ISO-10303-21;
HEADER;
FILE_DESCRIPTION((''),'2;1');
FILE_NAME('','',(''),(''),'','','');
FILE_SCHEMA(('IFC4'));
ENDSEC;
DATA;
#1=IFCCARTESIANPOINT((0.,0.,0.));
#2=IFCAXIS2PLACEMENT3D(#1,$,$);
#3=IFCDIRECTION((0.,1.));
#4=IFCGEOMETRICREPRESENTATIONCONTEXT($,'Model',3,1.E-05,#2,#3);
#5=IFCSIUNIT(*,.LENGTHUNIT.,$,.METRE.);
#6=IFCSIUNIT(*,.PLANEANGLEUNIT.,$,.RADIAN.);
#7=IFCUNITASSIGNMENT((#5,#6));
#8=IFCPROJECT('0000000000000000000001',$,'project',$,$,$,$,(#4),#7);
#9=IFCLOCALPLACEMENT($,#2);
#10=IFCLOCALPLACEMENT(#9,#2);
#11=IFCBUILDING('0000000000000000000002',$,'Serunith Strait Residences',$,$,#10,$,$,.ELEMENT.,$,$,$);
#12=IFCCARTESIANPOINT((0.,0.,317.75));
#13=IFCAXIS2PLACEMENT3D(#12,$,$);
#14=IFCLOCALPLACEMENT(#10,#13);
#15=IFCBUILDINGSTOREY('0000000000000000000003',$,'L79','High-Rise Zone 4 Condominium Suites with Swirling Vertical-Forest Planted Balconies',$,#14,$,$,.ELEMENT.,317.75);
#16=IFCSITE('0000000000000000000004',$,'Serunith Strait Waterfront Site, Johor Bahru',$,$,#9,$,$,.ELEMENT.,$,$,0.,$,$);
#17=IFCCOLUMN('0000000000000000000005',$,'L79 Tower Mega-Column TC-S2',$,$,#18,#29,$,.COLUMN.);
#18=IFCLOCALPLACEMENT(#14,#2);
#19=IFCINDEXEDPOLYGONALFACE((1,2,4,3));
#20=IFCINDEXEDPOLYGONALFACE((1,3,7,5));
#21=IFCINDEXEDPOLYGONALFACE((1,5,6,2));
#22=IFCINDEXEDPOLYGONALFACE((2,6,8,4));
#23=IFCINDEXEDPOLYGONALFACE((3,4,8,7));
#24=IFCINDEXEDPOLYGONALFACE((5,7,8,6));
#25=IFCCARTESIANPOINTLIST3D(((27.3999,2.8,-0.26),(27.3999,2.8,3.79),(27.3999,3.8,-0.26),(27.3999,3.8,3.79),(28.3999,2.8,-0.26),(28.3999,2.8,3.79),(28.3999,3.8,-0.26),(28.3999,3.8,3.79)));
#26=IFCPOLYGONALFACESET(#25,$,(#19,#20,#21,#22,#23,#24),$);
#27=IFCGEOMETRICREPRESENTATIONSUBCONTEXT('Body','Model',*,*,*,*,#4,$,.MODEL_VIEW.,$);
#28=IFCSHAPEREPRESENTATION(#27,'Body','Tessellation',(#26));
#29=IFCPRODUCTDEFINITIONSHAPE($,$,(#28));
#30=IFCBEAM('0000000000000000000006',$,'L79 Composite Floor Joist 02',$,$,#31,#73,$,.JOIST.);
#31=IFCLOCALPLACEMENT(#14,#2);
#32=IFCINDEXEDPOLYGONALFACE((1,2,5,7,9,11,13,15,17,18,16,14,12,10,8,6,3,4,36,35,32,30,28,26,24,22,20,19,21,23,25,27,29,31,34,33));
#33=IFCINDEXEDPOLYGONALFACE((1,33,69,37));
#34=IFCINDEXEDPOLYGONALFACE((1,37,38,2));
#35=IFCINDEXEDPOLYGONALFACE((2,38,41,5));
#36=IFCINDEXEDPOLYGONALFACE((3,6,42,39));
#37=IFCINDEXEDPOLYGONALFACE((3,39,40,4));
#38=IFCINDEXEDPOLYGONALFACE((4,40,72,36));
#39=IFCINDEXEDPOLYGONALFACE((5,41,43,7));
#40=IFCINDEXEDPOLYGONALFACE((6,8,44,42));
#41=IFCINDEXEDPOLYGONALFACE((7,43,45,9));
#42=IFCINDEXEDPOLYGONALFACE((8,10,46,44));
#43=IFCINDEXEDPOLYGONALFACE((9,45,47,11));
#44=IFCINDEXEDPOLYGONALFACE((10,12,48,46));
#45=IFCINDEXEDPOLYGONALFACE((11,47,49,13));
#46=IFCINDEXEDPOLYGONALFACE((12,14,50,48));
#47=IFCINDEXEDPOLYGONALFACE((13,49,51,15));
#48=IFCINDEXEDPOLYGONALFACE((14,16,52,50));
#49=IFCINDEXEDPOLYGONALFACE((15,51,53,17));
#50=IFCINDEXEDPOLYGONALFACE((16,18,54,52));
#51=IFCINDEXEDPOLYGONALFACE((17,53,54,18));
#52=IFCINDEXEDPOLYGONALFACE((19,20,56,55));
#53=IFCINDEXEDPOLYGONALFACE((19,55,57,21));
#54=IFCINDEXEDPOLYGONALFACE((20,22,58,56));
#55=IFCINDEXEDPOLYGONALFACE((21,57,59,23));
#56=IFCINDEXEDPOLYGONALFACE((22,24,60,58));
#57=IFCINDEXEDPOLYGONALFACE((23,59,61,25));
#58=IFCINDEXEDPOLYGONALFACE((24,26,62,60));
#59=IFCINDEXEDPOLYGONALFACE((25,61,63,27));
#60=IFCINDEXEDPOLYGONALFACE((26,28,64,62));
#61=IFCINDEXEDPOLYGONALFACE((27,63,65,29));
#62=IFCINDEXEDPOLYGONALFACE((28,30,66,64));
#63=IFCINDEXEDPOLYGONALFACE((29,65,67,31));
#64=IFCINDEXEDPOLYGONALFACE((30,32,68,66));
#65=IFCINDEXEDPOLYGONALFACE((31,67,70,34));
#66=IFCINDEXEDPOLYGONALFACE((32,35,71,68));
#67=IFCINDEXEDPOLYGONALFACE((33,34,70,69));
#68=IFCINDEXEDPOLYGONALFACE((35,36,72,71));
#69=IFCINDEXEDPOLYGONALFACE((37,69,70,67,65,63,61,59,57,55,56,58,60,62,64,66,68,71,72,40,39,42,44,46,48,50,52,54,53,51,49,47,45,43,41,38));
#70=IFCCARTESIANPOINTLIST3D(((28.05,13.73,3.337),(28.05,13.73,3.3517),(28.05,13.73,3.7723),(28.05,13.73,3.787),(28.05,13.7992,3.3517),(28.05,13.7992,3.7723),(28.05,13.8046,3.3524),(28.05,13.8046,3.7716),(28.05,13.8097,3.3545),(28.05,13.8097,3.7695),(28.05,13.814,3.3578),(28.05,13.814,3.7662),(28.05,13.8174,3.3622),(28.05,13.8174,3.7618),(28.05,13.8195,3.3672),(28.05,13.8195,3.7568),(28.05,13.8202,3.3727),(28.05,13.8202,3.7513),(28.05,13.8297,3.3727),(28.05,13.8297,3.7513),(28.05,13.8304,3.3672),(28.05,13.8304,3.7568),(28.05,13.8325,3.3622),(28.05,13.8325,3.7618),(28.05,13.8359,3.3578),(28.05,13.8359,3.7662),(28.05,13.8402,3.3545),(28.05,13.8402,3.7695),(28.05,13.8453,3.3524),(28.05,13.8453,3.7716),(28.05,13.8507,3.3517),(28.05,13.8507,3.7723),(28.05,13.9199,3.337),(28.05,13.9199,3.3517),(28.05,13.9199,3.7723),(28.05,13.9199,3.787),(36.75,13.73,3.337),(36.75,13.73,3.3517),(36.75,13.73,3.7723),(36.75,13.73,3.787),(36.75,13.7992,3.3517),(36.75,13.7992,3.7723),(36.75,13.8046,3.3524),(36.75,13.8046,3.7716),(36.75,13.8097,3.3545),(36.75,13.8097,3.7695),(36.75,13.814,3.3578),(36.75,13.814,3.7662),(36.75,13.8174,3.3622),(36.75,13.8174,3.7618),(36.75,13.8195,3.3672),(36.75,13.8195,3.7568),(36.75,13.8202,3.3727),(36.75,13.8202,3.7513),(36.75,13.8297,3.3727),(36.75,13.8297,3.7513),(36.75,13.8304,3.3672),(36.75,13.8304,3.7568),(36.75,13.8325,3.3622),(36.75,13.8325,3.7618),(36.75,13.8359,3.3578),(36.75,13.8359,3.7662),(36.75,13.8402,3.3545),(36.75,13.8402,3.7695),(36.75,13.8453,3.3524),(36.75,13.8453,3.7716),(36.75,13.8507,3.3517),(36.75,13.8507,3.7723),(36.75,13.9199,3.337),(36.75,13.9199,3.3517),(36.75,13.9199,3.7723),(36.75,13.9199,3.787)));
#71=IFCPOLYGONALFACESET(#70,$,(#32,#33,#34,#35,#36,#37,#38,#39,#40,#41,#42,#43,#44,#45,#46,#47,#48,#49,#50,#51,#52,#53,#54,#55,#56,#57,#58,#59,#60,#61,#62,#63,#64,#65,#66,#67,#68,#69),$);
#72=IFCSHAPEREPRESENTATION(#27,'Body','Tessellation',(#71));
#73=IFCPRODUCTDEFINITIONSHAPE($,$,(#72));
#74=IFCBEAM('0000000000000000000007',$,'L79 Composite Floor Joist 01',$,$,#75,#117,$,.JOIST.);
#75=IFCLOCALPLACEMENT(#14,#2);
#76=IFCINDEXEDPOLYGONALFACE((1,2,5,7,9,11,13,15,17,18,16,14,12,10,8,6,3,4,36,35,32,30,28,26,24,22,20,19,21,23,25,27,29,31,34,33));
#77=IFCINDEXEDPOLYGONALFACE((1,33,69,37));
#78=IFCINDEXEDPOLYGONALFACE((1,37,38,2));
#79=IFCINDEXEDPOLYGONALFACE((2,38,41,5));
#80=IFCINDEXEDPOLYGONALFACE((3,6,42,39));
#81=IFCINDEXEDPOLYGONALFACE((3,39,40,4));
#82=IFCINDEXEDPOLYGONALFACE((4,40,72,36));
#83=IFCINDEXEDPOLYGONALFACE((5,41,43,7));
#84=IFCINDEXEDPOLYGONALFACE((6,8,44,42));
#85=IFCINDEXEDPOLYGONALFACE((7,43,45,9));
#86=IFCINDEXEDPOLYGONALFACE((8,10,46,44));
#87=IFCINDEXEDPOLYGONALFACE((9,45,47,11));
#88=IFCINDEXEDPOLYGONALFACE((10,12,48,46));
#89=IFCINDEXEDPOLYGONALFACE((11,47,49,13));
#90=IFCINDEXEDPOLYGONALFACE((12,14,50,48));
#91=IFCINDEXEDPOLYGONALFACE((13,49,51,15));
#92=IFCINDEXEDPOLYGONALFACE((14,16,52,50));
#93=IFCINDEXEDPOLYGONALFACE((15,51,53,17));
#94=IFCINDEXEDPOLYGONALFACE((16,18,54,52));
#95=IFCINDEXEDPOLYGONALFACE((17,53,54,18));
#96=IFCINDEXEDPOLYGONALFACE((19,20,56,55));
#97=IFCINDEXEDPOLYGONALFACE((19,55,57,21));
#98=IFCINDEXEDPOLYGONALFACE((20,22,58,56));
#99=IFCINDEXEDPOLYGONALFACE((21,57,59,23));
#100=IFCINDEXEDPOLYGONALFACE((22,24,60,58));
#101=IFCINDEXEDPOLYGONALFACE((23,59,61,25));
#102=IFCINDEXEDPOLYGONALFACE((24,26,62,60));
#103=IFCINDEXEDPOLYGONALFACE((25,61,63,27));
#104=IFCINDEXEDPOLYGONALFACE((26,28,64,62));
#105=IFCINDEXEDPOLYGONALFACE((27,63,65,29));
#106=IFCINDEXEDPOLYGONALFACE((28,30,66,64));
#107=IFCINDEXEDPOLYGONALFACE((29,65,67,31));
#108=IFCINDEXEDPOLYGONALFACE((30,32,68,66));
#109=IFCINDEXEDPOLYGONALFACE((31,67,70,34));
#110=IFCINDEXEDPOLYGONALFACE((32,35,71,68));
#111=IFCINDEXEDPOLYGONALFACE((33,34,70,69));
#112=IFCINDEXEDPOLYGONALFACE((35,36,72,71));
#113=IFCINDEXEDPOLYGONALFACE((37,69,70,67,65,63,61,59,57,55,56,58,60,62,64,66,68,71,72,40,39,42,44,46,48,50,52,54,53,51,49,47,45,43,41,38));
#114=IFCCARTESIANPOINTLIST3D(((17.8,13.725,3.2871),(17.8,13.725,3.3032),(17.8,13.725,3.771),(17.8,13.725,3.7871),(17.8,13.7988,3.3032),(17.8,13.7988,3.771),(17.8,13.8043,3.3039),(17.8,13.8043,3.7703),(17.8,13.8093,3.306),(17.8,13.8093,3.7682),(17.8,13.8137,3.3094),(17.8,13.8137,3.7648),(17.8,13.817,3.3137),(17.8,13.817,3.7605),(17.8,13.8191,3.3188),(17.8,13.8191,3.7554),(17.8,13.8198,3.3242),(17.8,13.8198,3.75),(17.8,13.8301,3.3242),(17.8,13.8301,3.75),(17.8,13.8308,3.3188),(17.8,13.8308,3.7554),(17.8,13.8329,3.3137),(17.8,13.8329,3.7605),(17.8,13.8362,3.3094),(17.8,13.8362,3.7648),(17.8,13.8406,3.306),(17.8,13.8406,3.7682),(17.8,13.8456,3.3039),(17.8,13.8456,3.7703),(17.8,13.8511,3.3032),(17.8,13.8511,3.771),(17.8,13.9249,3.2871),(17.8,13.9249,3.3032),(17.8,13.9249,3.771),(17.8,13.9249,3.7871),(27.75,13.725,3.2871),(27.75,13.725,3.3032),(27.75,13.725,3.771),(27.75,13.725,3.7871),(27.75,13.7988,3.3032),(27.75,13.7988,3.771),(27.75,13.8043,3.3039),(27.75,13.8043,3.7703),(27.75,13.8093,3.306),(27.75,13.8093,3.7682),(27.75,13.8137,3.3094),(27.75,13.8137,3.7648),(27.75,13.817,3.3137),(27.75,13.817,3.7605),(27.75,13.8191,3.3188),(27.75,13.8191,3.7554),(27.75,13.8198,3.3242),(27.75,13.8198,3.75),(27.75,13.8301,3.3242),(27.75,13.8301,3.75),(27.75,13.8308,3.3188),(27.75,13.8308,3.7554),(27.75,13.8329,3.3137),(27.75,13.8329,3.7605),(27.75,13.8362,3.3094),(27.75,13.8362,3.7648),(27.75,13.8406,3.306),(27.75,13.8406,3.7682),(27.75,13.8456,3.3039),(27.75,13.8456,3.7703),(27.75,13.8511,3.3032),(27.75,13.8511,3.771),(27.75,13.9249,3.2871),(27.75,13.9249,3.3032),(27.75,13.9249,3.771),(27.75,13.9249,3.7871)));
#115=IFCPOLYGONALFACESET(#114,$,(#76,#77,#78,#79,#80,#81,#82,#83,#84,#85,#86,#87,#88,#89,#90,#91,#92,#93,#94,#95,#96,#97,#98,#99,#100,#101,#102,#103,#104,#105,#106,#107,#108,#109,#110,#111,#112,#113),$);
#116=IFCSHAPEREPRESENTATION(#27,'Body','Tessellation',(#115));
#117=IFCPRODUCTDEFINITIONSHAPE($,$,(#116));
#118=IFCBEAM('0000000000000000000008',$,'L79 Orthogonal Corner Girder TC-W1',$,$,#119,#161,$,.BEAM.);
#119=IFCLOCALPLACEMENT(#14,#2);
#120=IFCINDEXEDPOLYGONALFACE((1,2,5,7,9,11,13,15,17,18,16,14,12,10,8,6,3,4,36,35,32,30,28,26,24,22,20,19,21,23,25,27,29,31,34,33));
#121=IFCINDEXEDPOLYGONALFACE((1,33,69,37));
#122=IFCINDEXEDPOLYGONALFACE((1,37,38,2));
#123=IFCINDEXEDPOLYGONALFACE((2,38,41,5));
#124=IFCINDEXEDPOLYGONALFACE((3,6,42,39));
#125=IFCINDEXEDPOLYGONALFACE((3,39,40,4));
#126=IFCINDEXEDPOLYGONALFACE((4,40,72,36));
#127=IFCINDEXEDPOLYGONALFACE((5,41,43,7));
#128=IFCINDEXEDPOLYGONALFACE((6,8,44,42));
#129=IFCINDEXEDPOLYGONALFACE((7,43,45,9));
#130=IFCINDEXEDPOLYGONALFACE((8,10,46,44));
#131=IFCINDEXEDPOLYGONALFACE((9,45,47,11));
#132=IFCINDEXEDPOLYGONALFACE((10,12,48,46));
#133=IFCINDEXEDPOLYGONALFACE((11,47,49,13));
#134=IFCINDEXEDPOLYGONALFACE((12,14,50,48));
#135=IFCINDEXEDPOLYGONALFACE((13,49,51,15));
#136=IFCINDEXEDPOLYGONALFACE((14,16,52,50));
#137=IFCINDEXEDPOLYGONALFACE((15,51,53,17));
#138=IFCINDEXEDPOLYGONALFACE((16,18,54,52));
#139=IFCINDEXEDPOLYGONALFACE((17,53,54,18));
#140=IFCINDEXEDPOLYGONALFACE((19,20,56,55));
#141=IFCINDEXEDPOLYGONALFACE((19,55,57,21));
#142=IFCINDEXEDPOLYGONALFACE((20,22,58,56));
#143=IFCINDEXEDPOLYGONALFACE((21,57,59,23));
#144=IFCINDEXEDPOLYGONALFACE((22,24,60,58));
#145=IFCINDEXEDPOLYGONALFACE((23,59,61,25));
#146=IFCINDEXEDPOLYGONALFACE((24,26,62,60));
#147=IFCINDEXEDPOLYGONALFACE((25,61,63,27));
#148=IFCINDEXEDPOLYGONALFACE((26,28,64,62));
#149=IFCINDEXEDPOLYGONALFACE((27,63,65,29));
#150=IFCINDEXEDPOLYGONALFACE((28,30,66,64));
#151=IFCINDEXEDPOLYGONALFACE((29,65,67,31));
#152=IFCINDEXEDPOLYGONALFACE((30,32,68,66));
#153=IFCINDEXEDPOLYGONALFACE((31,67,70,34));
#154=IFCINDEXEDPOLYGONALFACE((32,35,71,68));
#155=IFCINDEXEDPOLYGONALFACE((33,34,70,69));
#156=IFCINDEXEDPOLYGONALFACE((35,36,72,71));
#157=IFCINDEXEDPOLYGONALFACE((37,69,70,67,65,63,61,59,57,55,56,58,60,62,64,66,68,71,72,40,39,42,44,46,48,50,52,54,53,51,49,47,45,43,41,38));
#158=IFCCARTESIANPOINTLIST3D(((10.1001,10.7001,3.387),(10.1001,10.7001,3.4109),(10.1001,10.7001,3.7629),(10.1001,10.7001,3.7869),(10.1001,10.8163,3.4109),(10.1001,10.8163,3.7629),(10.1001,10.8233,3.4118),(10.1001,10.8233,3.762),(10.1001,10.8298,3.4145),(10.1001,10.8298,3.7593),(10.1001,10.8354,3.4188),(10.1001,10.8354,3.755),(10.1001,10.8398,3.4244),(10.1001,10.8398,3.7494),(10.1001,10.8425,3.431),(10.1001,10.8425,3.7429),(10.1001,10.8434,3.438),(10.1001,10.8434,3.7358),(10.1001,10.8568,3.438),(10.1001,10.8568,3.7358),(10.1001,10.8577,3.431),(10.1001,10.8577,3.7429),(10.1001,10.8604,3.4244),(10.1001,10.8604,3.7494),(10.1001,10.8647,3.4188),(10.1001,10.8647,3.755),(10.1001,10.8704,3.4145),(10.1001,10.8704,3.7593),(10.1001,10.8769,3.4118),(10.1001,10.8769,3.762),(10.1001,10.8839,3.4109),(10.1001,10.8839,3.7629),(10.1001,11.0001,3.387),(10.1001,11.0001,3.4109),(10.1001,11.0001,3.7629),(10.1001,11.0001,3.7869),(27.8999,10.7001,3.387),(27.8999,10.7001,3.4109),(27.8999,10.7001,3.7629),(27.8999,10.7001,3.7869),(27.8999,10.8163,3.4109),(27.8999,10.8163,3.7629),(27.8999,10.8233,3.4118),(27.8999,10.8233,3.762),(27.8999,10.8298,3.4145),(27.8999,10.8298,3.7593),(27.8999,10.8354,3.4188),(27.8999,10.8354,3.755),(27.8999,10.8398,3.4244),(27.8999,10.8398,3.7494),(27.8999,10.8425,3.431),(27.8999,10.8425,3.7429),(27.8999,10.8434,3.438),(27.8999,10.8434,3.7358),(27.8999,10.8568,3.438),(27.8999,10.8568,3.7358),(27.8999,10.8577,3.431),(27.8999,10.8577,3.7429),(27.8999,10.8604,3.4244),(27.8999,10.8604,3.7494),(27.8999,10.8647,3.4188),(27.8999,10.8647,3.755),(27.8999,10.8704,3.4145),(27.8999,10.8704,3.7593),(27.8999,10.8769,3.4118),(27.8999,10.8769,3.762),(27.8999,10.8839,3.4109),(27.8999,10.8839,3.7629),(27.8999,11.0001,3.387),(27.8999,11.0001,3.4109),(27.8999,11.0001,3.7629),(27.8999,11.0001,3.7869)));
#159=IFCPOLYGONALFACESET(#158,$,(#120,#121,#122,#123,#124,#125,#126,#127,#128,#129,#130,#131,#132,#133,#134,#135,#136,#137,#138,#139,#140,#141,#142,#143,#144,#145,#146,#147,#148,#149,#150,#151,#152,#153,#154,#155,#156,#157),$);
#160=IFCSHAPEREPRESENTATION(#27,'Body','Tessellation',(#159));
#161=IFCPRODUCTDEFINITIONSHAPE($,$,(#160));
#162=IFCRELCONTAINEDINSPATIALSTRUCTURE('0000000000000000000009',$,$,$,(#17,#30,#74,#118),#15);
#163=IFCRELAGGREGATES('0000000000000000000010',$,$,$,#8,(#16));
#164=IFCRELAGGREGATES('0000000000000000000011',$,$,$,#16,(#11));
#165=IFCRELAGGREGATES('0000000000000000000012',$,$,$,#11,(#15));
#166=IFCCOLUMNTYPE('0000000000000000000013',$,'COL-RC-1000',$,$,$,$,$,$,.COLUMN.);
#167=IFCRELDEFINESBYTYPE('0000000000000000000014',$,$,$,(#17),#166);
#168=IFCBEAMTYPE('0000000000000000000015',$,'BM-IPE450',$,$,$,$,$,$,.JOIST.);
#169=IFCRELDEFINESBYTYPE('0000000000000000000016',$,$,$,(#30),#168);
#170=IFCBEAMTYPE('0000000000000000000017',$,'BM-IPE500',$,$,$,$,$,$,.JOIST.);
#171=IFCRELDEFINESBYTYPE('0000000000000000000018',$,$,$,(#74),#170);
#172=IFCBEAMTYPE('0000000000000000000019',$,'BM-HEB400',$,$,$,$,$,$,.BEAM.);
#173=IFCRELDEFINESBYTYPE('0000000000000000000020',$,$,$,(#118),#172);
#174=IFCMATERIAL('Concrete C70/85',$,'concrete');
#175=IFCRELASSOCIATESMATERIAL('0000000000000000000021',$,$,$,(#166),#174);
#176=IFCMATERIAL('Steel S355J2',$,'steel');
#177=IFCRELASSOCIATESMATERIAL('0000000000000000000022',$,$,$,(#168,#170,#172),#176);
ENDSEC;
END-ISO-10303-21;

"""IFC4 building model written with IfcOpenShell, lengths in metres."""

from ifc_helpers import new_model, si_unit, direction, frame, origin, origin_2d, place, context, subcontext, project, spatial, rectangle, i_section, extrude, source, transform, mapped, material, material_profile, profile_set, type_object, element, save


model = new_model("IFC4")

# Units and contexts
model_context = context("Model", 3, precision=1e-05, world=origin(), true_north=direction((0.0, 1.0)))
body_context = subcontext(model_context, "Body", "Model", "MODEL_VIEW")
ifc_project = project(units=[si_unit("LENGTHUNIT", "METRE"), si_unit("PLANEANGLEUNIT", "RADIAN")], contexts=[model_context])

# Site, building, storey
site_placement = place(None, origin())
site = spatial("IfcSite", under=ifc_project, at=site_placement, Name="Serunith Strait Waterfront Site, Johor Bahru", CompositionType="ELEMENT", RefElevation=0.0)
building_placement = place(site_placement, origin())
building = spatial("IfcBuilding", under=site, at=building_placement, Name="Serunith Strait Residences", CompositionType="ELEMENT")
storey_placement = place(building_placement, frame((0.0, 0.0, 317.75)))
storey = spatial("IfcBuildingStorey", under=building, at=storey_placement, Name="L79", Description="High-Rise Zone 4 Condominium Suites with Swirling Vertical-Forest Planted Balconies", CompositionType="ELEMENT", Elevation=317.75)

# Column
ifc_material_1 = material(Name="Concrete C70/85", Category="concrete")
ifc_material_profile_1 = material_profile(ifc_material_1, rectangle(XDim=1.0, YDim=1.0, at=origin_2d()), Name="RC 1000x1000")
ifc_profile_set_1 = profile_set([ifc_material_profile_1], Name="Concrete C70/85")
column_type = type_object("IfcColumnType", Name="COL-RC-1000", PredefinedType="COLUMN", material=ifc_profile_set_1)
shared_shape_1 = source(origin(), body_context, "Body", "SweptSolid", [
    extrude(rectangle(XDim=1.0, YDim=1.0, at=origin_2d()), origin(), (0.0, 0.0, 1.0), 4.05),
])
column_placement = place(storey_placement, frame((27.8999, 3.3, -0.26), z_axis=(0.0, 0.0, 1.0), x_axis=(1.0, 0.0, 0.0)))
element("IfcColumn", 1, at=column_placement, inside=storey, type_object=column_type, Name="L79 Tower Mega-Column TC-S2", PredefinedType="COLUMN", context=body_context, shape_type="MappedRepresentation", body=[
    mapped(shared_shape_1, transform((0.0, 0.0, 0.0), scale=1.0)),
])

# Beams
ifc_material_2 = material(Name="Steel S355J2", Category="steel")
ifc_material_profile_2 = material_profile(ifc_material_2, i_section(OverallWidth=0.1899, OverallDepth=0.45, WebThickness=0.0095, FlangeThickness=0.0146, FilletRadius=0.021, at=origin_2d()), Name="IPE 450")
ifc_profile_set_2 = profile_set([ifc_material_profile_2], Name="Steel S355J2")
beam_type_1 = type_object("IfcBeamType", Name="BM-IPE450", PredefinedType="JOIST", material=ifc_profile_set_2)
shared_shape_2 = source(origin(), body_context, "Body", "SweptSolid", [
    extrude(i_section(OverallWidth=0.1899, OverallDepth=0.45, WebThickness=0.0095, FlangeThickness=0.0146, FilletRadius=0.021, at=origin_2d()), origin(), (0.0, 0.0, 1.0), 8.7),
])
beam_1_placement = place(storey_placement, frame((28.05, 13.825, 3.562), z_axis=(1.0, 0.0, 0.0), x_axis=(0.0, 1.0, 0.0)))
element("IfcBeam", 2, at=beam_1_placement, inside=storey, type_object=beam_type_1, Name="L79 Composite Floor Joist 02", PredefinedType="JOIST", context=body_context, shape_type="MappedRepresentation", body=[
    mapped(shared_shape_2, transform((0.0, 0.0, 0.0), scale=1.0)),
])
ifc_material_profile_3 = material_profile(ifc_material_2, i_section(OverallWidth=0.2, OverallDepth=0.5, WebThickness=0.0103, FlangeThickness=0.0161, FilletRadius=0.021, at=origin_2d()), Name="IPE 500")
ifc_profile_set_3 = profile_set([ifc_material_profile_3], Name="Steel S355J2")
beam_type_2 = type_object("IfcBeamType", Name="BM-IPE500", PredefinedType="JOIST", material=ifc_profile_set_3)
shared_shape_3 = source(origin(), body_context, "Body", "SweptSolid", [
    extrude(i_section(OverallWidth=0.2, OverallDepth=0.5, WebThickness=0.0103, FlangeThickness=0.0161, FilletRadius=0.021, at=origin_2d()), origin(), (0.0, 0.0, 1.0), 9.95),
])
beam_2_placement = place(storey_placement, frame((17.8, 13.825, 3.5371), z_axis=(1.0, 0.0, 0.0), x_axis=(0.0, 1.0, 0.0)))
element("IfcBeam", 3, at=beam_2_placement, inside=storey, type_object=beam_type_2, Name="L79 Composite Floor Joist 01", PredefinedType="JOIST", context=body_context, shape_type="MappedRepresentation", body=[
    mapped(shared_shape_3, transform((0.0, 0.0, 0.0), scale=1.0)),
])
ifc_material_profile_4 = material_profile(ifc_material_2, i_section(OverallWidth=0.3, OverallDepth=0.3999, WebThickness=0.0134, FlangeThickness=0.0239, FilletRadius=0.0271, at=origin_2d()), Name="HEB 400")
ifc_profile_set_4 = profile_set([ifc_material_profile_4], Name="Steel S355J2")
beam_type_3 = type_object("IfcBeamType", Name="BM-HEB400", PredefinedType="BEAM", material=ifc_profile_set_4)
shared_shape_4 = source(origin(), body_context, "Body", "SweptSolid", [
    extrude(i_section(OverallWidth=0.3, OverallDepth=0.3999, WebThickness=0.0134, FlangeThickness=0.0239, FilletRadius=0.0271, at=origin_2d()), origin(), (0.0, 0.0, 1.0), 17.7998),
])
beam_3_placement = place(storey_placement, frame((27.8999, 10.8501, 3.5869), z_axis=(-1.0, 0.0, 0.0), x_axis=(0.0, -1.0, 0.0)))
element("IfcBeam", 4, at=beam_3_placement, inside=storey, type_object=beam_type_3, Name="L79 Orthogonal Corner Girder TC-W1", PredefinedType="BEAM", context=body_context, shape_type="MappedRepresentation", body=[
    mapped(shared_shape_4, transform((0.0, 0.0, 0.0), scale=1.0)),
])

save(model, "model.ifc")
